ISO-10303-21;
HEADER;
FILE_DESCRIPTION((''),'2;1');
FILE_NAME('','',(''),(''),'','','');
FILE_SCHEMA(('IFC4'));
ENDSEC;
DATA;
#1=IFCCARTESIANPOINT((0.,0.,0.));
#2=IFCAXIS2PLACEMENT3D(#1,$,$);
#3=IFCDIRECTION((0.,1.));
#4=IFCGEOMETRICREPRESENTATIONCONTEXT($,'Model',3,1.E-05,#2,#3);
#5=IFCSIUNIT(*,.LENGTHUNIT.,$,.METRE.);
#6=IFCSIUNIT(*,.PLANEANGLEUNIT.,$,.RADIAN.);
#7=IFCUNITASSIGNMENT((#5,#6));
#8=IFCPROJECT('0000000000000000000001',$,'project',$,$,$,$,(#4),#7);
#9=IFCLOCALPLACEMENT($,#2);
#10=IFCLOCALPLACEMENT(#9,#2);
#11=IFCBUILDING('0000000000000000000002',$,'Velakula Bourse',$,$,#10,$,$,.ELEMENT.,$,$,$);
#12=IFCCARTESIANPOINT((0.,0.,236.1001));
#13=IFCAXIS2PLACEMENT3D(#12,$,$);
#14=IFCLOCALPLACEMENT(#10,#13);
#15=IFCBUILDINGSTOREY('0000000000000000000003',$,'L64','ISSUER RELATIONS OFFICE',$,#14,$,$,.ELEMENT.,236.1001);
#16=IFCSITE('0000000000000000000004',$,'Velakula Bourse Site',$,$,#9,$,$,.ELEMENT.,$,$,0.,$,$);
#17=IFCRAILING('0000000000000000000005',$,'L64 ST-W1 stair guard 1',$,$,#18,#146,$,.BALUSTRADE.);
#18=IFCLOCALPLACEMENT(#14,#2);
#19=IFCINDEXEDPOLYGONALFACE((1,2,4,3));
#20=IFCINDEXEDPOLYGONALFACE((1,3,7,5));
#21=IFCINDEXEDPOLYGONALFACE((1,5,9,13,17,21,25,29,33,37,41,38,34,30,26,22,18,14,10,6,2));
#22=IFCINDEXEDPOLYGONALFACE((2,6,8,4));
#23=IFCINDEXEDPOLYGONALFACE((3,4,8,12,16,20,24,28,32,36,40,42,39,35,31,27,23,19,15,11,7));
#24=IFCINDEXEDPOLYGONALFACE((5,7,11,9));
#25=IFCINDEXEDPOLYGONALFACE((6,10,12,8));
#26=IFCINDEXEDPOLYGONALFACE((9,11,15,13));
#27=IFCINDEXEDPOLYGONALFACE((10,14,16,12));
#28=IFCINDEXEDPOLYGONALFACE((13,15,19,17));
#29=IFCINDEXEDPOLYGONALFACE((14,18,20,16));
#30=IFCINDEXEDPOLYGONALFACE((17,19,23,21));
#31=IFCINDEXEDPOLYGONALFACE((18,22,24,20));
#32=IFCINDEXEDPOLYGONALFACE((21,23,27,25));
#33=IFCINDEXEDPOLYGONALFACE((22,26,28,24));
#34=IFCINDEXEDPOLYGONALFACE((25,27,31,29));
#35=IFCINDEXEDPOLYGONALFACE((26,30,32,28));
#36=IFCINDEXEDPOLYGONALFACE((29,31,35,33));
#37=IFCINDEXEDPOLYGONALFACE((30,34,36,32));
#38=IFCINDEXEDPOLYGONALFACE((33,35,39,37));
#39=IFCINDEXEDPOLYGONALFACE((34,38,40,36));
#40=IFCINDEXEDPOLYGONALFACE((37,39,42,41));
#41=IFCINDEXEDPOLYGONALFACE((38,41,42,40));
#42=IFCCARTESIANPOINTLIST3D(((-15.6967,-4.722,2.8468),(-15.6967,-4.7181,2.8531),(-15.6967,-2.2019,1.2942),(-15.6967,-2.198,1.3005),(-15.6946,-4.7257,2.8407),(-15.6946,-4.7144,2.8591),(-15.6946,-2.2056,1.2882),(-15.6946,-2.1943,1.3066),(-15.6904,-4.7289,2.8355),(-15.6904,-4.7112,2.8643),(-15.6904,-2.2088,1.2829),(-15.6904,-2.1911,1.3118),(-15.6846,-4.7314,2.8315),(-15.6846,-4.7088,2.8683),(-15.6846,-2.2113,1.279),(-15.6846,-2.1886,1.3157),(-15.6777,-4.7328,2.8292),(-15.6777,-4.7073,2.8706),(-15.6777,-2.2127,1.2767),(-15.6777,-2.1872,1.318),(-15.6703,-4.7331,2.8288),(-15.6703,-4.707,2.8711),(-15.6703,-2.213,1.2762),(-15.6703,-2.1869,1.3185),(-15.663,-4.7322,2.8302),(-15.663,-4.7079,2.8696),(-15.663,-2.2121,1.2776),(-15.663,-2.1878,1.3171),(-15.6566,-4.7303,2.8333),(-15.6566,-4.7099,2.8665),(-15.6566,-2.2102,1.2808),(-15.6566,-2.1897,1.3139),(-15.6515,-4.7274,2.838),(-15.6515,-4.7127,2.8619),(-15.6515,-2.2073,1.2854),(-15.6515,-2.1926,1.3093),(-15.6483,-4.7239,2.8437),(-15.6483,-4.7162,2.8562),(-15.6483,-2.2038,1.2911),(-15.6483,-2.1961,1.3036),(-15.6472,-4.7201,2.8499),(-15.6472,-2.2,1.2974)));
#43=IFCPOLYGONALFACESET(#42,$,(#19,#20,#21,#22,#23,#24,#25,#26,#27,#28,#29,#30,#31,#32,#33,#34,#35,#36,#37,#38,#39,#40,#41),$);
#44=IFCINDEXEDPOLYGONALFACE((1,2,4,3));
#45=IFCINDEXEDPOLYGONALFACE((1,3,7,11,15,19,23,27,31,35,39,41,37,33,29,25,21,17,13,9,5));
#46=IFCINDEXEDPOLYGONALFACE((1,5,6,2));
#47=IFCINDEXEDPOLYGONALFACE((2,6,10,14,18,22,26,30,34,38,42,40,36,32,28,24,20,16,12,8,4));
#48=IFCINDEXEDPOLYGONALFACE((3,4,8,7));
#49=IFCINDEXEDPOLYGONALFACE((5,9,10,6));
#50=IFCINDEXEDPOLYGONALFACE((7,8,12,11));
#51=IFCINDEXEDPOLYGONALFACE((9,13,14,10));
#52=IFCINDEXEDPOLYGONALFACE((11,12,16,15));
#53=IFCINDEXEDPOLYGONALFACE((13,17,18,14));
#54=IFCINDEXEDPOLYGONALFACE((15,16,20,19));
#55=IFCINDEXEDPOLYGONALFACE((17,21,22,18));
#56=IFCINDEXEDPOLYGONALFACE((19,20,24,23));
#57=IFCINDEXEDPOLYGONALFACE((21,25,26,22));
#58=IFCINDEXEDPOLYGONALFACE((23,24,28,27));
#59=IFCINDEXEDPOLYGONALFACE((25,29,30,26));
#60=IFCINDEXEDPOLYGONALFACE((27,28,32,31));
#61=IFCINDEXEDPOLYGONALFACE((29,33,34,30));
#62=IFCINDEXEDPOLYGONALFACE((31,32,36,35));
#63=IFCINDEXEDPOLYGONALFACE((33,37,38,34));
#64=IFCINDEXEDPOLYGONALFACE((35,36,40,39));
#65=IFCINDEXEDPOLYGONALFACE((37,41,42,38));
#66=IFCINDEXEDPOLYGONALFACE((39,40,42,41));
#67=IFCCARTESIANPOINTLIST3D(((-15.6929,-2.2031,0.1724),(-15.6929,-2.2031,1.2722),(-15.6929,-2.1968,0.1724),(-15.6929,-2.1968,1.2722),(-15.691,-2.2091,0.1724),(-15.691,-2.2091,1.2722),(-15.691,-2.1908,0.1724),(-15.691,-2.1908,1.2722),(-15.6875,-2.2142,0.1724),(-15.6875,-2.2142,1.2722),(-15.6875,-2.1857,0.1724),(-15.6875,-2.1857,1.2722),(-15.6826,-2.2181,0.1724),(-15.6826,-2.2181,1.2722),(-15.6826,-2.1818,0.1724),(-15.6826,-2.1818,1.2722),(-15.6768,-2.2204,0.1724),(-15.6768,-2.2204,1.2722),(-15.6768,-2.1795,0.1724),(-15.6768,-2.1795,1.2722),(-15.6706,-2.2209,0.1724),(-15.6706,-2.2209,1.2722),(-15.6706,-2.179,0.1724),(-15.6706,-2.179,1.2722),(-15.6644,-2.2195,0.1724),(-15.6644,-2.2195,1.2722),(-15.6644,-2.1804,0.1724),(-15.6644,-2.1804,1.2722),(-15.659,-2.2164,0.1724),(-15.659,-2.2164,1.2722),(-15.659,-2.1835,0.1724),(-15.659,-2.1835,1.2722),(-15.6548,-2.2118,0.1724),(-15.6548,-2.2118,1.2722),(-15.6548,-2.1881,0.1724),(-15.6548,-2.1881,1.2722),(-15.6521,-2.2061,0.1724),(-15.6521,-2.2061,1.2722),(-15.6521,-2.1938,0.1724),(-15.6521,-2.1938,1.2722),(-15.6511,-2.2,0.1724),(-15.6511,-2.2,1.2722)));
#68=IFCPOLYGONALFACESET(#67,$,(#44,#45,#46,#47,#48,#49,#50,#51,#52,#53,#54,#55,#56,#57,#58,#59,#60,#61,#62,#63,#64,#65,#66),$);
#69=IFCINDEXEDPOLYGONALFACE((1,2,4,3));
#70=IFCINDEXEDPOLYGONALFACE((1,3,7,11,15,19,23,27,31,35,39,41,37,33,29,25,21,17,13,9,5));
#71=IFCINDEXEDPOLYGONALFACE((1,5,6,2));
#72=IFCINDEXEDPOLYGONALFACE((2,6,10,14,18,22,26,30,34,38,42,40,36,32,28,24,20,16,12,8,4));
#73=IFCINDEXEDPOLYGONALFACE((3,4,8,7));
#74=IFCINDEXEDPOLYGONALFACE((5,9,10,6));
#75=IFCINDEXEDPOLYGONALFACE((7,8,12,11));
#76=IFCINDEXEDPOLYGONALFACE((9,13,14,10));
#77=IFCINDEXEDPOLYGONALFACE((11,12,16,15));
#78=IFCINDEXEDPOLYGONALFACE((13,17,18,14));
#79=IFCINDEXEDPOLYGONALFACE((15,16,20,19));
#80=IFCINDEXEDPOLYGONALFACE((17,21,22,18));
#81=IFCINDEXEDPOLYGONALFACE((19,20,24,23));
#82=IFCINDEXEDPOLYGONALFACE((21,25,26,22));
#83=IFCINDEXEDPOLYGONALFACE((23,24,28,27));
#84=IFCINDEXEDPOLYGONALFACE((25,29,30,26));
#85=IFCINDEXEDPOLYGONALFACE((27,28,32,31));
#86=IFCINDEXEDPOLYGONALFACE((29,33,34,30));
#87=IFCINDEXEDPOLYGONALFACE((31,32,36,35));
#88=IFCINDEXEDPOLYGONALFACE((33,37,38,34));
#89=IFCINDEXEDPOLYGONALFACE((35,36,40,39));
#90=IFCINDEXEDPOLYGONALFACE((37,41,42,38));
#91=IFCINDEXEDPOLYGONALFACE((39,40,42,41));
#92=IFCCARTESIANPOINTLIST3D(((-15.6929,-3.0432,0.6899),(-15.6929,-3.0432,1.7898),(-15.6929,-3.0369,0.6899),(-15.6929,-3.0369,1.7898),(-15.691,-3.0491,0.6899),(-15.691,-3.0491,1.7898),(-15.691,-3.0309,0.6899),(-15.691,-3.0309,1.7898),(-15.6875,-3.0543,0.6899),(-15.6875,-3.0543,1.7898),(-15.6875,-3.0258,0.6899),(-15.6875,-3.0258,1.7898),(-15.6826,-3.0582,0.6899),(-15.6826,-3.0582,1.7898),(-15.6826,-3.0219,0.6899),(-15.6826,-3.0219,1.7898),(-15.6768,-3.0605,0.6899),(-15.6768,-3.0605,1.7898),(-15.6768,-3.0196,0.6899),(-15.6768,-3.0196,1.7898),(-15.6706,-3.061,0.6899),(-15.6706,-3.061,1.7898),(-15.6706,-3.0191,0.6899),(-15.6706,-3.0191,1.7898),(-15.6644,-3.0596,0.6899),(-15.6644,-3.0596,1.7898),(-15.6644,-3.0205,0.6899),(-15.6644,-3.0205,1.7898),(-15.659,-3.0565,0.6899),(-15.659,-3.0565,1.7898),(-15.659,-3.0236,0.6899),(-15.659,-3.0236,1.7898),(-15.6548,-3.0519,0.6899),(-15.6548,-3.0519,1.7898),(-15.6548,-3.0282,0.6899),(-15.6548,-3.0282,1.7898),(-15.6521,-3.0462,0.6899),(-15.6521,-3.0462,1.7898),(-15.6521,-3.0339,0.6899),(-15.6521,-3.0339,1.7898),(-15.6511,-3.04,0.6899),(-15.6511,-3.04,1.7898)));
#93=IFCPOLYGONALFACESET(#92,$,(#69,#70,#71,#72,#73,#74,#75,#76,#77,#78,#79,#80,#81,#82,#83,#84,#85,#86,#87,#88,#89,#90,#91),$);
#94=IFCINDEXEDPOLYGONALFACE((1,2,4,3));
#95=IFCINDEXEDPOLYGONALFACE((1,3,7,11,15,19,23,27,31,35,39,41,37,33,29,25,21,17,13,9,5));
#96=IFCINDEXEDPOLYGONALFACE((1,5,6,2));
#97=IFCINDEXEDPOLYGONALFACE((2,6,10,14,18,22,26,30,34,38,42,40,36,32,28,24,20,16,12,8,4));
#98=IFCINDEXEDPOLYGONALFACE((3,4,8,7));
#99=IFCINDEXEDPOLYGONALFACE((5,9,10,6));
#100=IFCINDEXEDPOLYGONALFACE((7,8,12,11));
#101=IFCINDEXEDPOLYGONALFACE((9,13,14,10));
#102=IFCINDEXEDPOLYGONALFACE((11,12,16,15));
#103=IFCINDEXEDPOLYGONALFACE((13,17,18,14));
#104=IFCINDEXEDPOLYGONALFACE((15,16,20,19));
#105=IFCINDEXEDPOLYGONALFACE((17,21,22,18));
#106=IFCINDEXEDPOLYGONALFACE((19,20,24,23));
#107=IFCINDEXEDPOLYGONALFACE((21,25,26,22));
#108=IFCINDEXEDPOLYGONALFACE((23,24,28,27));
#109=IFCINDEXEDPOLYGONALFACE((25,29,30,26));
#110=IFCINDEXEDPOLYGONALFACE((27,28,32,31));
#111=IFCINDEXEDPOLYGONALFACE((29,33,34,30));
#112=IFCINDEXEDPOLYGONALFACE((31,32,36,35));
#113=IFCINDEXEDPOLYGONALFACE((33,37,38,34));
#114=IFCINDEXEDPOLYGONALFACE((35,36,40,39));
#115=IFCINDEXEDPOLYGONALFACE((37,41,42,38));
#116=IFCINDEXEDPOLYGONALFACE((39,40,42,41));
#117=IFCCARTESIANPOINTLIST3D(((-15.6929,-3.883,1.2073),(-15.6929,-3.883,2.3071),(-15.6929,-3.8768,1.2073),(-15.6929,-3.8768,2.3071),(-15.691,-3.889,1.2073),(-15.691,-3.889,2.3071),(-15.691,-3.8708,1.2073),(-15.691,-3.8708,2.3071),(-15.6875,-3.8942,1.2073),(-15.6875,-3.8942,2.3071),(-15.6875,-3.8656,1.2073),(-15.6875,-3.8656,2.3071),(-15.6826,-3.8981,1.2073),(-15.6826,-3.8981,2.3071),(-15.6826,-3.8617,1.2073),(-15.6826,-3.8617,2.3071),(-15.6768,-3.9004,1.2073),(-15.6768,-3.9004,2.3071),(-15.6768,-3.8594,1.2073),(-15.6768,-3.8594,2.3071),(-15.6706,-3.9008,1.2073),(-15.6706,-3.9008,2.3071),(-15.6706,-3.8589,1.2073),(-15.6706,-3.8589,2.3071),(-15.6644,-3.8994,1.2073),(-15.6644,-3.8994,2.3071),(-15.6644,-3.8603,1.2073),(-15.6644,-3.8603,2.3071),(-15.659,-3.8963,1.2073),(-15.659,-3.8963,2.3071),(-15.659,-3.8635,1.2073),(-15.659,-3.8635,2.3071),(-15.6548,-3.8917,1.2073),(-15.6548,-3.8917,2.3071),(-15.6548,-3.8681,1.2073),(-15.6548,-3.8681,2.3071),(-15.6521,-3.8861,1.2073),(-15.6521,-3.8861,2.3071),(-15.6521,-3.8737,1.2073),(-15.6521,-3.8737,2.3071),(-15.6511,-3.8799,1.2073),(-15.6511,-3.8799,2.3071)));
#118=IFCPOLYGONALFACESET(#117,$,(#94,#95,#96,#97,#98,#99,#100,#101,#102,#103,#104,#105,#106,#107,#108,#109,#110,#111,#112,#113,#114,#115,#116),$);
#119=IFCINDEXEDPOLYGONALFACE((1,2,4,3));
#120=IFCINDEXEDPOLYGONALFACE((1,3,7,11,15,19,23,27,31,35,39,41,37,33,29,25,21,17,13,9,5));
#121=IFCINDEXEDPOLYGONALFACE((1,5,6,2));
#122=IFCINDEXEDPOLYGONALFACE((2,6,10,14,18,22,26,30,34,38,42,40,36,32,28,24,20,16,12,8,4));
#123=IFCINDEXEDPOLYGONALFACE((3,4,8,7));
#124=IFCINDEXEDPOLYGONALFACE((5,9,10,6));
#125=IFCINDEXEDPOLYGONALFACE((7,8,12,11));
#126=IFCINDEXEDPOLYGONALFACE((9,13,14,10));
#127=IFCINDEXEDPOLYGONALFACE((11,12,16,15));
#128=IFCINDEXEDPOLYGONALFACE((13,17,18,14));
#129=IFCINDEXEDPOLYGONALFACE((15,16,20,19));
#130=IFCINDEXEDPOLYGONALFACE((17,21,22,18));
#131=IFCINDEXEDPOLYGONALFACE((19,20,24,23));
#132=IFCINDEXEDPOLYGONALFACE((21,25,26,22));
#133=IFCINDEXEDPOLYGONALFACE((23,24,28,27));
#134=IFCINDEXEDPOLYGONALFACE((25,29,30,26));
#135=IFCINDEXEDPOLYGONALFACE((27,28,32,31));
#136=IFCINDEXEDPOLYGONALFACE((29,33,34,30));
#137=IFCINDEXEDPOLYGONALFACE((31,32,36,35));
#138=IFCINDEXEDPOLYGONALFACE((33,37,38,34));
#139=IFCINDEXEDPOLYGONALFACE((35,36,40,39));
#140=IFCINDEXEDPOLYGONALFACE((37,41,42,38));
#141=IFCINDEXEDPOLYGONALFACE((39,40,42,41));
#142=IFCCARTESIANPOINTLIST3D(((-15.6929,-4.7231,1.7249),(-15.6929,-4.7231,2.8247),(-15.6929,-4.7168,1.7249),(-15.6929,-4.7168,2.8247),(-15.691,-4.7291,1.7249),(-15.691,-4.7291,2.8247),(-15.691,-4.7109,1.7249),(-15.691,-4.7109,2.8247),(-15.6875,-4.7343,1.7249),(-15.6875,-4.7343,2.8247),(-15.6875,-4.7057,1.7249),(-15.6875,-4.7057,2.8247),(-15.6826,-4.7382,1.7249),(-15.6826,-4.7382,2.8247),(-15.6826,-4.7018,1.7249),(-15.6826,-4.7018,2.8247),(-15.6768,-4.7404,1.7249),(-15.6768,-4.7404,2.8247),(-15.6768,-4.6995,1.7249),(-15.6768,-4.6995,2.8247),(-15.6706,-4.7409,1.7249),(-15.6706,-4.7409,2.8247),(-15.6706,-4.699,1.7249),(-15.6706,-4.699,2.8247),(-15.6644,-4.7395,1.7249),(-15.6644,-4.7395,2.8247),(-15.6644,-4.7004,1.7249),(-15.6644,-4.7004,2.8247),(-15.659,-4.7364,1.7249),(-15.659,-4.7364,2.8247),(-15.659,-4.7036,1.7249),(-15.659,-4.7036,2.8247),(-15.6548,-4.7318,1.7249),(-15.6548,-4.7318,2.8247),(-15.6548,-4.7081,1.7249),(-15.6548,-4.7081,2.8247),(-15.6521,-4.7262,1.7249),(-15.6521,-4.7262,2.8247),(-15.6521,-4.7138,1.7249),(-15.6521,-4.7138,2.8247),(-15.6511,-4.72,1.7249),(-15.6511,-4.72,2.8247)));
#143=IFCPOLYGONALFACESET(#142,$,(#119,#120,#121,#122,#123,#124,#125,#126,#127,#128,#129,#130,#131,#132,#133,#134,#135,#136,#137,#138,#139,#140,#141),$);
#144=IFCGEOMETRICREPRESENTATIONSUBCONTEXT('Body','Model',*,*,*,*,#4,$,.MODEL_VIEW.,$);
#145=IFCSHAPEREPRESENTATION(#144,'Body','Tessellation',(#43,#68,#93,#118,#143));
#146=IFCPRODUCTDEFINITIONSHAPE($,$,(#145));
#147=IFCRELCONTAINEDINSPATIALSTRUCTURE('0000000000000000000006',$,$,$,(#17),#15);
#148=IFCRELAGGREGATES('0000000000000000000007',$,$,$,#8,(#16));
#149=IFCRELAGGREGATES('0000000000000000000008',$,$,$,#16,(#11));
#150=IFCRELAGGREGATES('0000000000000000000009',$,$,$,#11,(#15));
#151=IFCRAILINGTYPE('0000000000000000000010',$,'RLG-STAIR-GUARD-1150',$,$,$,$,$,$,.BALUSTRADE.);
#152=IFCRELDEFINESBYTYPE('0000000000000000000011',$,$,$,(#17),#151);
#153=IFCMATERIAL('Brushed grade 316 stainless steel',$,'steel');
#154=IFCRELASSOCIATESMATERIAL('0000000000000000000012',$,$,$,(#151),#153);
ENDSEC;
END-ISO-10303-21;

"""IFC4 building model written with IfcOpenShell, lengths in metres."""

from ifc_helpers import new_model, si_unit, direction, frame, origin, origin_2d, place, context, subcontext, project, spatial, circle, extrude, material, type_object, element, save


model = new_model("IFC4")

# Units and contexts
model_context = context("Model", 3, precision=1e-05, world=origin(), true_north=direction((0.0, 1.0)))
body_context = subcontext(model_context, "Body", "Model", "MODEL_VIEW")
ifc_project = project(units=[si_unit("LENGTHUNIT", "METRE"), si_unit("PLANEANGLEUNIT", "RADIAN")], contexts=[model_context])

# Site, building, storey
site_placement = place(None, origin())
site = spatial("IfcSite", under=ifc_project, at=site_placement, Name="Velakula Bourse Site", CompositionType="ELEMENT", RefElevation=0.0)
building_placement = place(site_placement, origin())
building = spatial("IfcBuilding", under=site, at=building_placement, Name="Velakula Bourse", CompositionType="ELEMENT")
storey_placement = place(building_placement, frame((0.0, 0.0, 236.1001)))
storey = spatial("IfcBuildingStorey", under=building, at=storey_placement, Name="L64", Description="ISSUER RELATIONS OFFICE", CompositionType="ELEMENT", Elevation=236.1001)

# Shared definitions
ifc_material_1 = material(Name="Brushed grade 316 stainless steel", Category="steel")

# Railing
railing_type_1 = type_object("IfcRailingType", Name="RLG-STAIR-GUARD-1150", PredefinedType="BALUSTRADE", material=ifc_material_1)
railing_1_placement = place(storey_placement, frame((-15.6721, -2.2, 0.1724)))
element("IfcRailing", 1, at=railing_1_placement, inside=storey, type_object=railing_type_1, Name="L64 ST-W1 stair guard 1", PredefinedType="BALUSTRADE", context=body_context, shape_type="SweptSolid", body=[
    extrude(circle(Radius=0.0249, at=origin_2d()), frame((0.0, 0.0, 1.125), z_axis=(0.0, -0.8514, 0.524516), x_axis=(1.0, 0.0, 0.0)), (0.0, 0.0, 1.0), 2.96),
    extrude(circle(Radius=0.021, at=origin_2d()), origin(), (0.0, 0.0, 1.0), 1.0999),
    extrude(circle(Radius=0.021, at=origin_2d()), frame((0.0, -0.8401, 0.5176)), (0.0, 0.0, 1.0), 1.0999),
    extrude(circle(Radius=0.021, at=origin_2d()), frame((0.0, -1.6799, 1.0349)), (0.0, 0.0, 1.0), 1.0999),
    extrude(circle(Radius=0.021, at=origin_2d()), frame((0.0, -2.52, 1.5525)), (0.0, 0.0, 1.0), 1.0999),
])

save(model, "model.ifc")
